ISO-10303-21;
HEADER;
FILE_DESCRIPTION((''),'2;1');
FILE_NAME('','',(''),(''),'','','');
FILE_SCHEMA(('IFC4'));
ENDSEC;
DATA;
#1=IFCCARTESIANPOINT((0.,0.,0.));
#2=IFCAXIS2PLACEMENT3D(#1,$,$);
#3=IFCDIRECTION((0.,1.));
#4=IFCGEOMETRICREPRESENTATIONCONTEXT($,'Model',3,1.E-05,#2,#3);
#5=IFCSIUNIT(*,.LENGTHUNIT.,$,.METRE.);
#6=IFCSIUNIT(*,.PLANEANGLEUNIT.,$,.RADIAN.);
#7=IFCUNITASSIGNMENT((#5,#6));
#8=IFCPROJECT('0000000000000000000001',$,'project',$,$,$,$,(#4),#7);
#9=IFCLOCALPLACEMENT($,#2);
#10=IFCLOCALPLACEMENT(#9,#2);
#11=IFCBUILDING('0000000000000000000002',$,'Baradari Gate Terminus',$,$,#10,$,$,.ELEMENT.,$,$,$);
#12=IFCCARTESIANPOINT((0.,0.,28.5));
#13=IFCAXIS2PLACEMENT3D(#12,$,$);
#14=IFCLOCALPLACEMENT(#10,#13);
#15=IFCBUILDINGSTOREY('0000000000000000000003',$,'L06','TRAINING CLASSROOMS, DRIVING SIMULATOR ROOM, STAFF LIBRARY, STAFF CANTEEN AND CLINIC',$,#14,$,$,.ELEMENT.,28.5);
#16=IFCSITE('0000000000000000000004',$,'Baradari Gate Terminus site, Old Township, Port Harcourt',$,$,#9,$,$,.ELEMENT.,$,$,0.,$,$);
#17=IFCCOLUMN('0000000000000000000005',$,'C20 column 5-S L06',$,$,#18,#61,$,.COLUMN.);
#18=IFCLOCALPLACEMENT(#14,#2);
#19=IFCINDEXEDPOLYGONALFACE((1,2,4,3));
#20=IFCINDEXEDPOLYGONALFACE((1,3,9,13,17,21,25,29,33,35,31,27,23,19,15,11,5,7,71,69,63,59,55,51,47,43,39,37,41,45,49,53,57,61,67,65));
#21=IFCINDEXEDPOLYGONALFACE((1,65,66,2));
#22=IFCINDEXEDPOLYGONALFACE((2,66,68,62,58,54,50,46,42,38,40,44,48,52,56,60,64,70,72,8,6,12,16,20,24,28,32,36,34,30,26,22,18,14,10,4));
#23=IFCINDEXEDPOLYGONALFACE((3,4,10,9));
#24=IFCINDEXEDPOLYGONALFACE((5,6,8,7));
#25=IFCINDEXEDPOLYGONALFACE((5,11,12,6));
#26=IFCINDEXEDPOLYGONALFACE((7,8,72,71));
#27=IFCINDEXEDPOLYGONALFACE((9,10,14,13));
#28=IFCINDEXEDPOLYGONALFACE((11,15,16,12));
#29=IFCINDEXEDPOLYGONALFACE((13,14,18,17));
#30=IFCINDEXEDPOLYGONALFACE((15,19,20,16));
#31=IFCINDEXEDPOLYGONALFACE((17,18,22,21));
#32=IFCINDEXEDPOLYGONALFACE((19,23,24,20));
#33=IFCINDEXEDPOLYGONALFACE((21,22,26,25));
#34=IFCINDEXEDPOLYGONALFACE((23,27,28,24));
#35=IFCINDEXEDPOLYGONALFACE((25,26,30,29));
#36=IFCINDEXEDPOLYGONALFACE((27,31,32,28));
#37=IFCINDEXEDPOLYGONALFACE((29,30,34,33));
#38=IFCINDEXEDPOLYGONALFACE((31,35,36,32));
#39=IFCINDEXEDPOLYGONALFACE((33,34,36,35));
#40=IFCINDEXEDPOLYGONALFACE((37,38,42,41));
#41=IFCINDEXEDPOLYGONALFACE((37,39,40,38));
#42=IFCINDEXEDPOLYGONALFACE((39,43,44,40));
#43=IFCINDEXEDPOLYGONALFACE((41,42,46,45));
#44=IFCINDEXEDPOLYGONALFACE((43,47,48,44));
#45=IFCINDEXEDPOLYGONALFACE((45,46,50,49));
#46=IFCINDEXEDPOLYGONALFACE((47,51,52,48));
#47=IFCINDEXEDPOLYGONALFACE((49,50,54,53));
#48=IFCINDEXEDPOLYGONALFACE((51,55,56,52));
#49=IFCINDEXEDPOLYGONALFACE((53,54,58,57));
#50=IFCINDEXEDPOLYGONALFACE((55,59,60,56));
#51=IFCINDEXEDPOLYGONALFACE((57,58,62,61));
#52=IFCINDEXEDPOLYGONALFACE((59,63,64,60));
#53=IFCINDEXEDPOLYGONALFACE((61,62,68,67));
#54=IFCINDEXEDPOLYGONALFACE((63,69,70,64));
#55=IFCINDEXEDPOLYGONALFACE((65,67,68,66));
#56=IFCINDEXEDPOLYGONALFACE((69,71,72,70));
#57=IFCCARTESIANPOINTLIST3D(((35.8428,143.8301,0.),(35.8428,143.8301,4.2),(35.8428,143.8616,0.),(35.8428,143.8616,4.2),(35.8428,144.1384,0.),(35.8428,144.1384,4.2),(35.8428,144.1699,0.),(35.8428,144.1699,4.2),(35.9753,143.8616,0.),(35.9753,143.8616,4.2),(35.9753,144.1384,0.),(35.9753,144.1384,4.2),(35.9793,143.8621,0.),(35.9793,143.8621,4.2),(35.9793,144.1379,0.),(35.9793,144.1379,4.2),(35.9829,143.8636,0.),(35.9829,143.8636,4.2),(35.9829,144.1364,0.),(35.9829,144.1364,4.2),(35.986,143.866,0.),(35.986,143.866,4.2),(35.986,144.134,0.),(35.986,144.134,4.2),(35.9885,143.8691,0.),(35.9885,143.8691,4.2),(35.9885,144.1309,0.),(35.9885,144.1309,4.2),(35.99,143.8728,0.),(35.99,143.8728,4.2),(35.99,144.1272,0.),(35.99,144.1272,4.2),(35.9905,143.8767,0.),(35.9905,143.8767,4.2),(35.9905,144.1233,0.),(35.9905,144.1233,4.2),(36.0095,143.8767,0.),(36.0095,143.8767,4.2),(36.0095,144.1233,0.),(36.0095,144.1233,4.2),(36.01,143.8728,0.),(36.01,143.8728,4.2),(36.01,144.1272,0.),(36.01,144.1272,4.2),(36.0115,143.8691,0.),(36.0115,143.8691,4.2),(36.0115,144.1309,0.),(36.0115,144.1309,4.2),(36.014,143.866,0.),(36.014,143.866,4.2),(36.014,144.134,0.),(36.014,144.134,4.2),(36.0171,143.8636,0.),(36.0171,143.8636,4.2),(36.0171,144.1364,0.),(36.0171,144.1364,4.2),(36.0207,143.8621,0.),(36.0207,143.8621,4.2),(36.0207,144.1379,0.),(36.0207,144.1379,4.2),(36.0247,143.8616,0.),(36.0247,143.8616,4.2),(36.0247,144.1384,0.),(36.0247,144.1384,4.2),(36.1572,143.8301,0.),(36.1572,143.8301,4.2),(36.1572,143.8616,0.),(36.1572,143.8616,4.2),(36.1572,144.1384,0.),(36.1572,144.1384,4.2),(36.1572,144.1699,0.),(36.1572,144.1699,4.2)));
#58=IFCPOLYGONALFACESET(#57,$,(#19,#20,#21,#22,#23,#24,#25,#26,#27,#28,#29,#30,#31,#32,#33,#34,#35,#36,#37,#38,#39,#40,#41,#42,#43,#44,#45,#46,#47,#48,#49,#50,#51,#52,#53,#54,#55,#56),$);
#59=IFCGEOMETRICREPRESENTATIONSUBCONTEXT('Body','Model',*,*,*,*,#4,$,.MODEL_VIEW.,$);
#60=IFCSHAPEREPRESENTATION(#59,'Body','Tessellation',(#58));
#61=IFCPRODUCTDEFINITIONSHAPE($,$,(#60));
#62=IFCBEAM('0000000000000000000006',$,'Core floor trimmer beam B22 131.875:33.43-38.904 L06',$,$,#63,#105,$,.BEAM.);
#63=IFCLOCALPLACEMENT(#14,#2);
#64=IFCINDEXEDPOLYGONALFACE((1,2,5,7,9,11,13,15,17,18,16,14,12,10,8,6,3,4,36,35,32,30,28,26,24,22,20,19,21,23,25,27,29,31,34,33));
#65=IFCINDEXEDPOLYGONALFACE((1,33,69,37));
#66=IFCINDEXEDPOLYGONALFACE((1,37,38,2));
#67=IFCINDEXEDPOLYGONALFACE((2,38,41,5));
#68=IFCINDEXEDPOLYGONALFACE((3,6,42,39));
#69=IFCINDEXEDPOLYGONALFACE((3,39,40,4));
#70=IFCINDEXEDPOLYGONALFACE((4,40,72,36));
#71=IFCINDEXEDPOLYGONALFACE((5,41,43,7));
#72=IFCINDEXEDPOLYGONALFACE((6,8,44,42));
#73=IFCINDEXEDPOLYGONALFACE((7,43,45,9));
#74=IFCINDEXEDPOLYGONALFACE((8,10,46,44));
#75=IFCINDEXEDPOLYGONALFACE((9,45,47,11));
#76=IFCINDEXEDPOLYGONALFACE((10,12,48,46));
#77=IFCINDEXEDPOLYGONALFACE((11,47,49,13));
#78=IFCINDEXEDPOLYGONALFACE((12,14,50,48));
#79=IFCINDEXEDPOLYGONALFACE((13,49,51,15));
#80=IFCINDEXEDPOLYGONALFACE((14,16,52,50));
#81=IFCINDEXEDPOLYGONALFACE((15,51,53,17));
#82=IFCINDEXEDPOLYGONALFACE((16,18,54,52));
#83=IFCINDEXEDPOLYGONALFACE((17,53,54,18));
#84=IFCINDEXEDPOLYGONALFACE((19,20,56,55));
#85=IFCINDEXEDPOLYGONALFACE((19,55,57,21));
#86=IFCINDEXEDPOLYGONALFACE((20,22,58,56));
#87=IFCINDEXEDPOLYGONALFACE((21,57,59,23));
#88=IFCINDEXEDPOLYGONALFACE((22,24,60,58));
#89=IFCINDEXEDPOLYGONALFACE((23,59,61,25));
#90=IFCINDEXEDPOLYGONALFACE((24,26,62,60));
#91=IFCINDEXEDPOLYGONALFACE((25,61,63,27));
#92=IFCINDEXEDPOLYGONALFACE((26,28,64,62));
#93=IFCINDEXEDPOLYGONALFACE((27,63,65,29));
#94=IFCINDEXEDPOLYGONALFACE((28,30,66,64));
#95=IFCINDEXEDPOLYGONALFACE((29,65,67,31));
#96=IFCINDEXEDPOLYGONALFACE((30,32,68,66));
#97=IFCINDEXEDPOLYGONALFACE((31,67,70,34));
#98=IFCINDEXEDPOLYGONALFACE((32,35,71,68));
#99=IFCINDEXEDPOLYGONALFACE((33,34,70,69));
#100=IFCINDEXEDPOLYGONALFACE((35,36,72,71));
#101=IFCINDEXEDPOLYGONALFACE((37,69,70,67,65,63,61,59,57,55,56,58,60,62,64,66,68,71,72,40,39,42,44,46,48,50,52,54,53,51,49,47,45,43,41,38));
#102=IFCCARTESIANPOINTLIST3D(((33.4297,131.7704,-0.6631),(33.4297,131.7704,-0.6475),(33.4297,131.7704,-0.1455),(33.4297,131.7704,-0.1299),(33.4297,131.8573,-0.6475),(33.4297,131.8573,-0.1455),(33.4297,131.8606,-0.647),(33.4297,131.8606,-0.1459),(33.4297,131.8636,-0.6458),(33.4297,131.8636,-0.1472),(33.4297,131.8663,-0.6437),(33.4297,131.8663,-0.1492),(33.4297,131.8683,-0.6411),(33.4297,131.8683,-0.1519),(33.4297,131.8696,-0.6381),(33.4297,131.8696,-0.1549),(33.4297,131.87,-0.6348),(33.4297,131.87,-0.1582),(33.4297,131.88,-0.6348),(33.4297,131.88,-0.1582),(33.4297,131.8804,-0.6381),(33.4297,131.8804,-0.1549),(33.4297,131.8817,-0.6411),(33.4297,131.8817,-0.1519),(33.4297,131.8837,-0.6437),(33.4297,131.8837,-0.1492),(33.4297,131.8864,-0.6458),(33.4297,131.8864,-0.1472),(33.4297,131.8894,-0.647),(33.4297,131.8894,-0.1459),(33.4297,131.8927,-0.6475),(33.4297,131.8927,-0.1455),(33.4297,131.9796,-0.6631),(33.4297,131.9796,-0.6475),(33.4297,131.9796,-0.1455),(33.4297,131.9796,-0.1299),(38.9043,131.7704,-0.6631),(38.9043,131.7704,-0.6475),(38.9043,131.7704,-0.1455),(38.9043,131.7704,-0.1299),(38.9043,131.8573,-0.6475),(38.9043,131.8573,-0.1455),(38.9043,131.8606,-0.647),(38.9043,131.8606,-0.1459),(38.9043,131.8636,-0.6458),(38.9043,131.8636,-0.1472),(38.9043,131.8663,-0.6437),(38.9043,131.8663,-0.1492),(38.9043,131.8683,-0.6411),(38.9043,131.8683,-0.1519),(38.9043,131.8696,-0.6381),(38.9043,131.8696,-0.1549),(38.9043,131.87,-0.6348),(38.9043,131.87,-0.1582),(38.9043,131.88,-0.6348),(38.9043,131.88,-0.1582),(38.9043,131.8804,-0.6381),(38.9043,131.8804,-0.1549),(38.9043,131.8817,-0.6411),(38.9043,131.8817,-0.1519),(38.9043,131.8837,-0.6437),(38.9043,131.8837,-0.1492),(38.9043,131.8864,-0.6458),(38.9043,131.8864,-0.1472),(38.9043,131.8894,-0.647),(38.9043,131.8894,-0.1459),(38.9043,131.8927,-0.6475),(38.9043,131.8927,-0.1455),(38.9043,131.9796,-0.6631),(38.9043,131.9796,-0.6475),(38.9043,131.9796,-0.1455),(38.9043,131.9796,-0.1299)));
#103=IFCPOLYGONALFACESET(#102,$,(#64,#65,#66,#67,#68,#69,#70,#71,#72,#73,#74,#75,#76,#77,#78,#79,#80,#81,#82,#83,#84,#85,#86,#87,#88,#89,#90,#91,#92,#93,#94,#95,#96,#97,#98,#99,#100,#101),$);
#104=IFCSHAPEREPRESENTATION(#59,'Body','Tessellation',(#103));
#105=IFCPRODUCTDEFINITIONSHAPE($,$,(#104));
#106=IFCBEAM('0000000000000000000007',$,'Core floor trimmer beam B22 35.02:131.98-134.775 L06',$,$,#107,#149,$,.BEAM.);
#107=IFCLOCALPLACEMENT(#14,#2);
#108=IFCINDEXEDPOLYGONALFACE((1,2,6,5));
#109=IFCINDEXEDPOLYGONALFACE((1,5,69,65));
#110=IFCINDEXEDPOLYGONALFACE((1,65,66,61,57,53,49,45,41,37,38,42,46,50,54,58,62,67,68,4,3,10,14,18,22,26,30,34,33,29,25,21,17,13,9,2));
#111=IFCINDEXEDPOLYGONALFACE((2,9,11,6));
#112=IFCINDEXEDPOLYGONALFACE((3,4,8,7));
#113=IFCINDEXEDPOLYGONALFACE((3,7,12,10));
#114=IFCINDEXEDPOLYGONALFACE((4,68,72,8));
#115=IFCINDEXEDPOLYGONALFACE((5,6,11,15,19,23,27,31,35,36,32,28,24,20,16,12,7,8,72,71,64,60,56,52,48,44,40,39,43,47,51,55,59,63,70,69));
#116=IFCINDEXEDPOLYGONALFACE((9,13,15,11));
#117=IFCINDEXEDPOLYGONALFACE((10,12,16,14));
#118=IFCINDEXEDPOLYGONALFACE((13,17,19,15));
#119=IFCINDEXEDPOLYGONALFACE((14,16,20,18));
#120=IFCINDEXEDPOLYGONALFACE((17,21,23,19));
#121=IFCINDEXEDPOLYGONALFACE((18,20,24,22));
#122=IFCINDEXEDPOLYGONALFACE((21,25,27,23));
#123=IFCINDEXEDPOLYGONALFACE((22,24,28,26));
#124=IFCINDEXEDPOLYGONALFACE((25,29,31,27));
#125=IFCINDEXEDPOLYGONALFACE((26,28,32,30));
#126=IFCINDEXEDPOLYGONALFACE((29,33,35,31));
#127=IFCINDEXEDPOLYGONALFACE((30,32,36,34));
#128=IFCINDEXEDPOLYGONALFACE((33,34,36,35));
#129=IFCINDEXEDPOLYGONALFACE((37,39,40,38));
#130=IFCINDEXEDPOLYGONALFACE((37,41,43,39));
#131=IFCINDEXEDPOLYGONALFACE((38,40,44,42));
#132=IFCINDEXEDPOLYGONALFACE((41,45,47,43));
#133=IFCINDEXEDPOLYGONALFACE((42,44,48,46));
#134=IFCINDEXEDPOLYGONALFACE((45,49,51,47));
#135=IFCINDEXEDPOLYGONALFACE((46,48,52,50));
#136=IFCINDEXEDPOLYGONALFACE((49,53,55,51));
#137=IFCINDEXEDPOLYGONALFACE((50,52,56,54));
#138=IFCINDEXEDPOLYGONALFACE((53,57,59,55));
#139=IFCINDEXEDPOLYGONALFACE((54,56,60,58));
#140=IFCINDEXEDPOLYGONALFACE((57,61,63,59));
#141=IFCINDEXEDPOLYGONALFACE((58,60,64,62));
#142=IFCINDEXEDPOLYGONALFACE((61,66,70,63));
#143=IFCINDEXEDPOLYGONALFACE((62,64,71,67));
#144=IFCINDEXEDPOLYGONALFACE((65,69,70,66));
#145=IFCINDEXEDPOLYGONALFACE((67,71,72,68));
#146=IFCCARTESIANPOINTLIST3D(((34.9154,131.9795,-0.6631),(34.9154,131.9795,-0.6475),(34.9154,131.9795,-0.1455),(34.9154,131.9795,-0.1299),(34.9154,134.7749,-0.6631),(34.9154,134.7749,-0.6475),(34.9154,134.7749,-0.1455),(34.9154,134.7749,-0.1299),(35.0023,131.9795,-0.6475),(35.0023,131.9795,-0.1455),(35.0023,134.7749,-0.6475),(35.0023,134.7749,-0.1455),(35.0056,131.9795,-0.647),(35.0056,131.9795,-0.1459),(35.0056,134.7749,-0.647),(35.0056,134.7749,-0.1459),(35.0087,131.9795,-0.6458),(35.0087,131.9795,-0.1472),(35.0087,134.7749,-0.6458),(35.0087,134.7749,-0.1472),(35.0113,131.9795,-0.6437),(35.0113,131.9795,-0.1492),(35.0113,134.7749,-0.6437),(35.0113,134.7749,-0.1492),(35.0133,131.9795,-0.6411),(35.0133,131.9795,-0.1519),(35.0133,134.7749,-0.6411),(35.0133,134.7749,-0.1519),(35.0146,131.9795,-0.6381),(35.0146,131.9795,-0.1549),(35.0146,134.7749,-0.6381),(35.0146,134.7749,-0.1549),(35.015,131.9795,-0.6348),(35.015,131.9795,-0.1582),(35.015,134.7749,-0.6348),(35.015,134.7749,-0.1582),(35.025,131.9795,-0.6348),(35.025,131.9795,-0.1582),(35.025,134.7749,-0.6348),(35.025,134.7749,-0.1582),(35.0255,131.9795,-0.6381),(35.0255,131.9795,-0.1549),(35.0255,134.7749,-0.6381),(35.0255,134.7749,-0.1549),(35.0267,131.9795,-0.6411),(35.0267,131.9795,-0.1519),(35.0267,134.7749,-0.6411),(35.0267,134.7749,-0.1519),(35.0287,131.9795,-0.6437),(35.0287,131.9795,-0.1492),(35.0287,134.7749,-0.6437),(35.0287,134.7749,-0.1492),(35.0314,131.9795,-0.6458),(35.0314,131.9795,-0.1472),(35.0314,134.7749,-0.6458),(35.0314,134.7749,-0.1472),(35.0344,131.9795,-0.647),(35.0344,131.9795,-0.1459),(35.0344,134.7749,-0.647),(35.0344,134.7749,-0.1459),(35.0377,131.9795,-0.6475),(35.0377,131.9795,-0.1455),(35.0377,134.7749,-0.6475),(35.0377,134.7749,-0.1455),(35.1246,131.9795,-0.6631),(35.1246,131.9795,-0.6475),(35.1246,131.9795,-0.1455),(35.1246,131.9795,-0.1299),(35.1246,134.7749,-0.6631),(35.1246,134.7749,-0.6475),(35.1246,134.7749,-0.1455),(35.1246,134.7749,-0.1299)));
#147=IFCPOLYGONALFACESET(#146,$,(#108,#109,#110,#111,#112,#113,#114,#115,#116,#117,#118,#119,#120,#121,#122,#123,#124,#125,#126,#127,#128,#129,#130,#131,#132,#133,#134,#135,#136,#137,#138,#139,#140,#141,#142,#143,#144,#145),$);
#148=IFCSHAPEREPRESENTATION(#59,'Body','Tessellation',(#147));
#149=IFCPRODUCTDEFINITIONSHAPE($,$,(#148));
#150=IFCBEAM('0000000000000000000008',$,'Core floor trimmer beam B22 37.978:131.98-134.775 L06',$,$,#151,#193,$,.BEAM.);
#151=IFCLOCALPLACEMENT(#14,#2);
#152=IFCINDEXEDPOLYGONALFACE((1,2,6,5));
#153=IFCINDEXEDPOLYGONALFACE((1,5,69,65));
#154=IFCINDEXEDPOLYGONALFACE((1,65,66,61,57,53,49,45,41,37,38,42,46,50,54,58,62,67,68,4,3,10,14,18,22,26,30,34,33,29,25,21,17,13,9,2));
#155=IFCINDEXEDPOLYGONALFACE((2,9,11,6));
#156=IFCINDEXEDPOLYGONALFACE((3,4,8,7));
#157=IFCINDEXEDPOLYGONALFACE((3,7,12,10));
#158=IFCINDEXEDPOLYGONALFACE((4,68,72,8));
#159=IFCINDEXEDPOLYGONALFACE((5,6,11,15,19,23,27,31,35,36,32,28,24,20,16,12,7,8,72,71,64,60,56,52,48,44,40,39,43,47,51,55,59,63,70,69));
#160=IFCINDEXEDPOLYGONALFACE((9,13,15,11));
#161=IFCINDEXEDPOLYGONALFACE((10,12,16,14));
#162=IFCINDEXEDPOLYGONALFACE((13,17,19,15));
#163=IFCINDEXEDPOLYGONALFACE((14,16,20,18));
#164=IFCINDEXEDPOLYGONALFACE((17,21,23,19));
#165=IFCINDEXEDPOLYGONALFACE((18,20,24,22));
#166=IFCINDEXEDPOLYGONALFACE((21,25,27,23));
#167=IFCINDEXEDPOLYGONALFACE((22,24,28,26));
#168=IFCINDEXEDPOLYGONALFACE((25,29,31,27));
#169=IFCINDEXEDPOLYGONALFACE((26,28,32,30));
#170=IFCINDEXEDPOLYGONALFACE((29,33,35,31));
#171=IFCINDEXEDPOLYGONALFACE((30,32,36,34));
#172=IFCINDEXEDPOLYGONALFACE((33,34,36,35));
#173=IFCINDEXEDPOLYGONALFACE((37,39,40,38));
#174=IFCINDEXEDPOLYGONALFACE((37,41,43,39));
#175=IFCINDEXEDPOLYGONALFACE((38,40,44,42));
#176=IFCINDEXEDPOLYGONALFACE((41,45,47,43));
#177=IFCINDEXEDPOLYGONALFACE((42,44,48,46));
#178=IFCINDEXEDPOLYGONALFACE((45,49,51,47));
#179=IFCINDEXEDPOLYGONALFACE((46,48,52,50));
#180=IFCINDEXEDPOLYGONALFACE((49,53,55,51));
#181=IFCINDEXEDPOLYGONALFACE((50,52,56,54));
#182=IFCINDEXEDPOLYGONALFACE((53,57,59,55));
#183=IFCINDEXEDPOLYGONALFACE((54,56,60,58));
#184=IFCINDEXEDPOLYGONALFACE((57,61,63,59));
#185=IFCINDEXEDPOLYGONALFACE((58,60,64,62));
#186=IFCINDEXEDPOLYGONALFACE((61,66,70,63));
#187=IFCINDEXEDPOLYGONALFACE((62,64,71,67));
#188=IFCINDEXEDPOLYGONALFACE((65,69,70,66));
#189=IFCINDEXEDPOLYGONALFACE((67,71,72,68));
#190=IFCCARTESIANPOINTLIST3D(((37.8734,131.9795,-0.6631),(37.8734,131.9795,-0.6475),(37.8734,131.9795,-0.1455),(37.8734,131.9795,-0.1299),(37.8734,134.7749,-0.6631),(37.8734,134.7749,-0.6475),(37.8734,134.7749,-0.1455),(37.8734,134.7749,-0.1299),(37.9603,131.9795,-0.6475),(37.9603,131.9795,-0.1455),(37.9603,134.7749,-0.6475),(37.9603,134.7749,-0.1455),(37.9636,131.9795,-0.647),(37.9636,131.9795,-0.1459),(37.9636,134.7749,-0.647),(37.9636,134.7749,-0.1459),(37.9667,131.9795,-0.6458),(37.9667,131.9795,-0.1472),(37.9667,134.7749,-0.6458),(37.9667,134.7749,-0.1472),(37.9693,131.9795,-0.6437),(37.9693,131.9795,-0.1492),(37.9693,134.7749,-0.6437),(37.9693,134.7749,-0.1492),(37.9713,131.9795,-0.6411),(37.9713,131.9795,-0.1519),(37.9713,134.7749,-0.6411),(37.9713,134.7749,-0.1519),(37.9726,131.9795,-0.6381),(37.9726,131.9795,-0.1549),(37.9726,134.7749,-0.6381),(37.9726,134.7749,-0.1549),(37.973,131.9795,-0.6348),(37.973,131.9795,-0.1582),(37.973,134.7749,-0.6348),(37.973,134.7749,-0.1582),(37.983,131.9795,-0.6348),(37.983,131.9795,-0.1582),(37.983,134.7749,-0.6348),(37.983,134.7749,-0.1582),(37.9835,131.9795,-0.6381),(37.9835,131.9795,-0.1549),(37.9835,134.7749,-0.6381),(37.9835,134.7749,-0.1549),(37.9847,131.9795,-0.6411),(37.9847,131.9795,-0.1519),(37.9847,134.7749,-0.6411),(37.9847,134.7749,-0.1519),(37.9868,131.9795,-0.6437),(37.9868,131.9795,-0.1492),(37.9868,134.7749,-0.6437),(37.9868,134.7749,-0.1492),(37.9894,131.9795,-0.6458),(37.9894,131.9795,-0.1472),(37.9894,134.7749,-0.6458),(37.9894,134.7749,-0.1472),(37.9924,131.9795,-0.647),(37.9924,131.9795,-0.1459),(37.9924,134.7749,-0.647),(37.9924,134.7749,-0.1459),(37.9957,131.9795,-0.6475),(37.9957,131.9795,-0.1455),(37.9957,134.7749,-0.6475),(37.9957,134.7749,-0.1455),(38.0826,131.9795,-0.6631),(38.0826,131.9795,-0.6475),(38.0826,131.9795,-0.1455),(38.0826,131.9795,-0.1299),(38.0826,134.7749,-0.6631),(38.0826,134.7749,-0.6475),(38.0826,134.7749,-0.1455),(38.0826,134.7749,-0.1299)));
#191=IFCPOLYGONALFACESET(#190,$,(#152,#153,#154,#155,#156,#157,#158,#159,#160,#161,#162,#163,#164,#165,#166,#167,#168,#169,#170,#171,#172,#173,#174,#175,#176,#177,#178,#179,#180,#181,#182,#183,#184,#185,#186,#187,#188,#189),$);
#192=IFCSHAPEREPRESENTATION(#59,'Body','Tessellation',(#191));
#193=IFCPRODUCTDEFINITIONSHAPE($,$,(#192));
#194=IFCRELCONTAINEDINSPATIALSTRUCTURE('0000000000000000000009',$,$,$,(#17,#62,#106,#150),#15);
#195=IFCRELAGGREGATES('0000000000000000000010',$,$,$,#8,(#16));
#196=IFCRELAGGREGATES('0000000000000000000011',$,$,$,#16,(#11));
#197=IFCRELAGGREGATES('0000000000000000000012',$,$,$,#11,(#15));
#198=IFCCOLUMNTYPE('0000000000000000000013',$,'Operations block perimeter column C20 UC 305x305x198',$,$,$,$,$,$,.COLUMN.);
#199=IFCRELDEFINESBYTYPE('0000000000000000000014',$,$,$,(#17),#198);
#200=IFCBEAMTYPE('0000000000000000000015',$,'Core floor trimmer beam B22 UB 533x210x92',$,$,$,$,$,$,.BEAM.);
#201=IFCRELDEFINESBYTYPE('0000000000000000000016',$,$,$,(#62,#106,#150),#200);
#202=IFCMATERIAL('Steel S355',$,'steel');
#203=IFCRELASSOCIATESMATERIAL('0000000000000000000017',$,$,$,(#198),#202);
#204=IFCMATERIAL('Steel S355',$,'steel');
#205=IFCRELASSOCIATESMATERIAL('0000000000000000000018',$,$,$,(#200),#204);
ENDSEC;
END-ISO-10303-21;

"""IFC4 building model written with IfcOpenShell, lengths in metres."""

from ifc_helpers import new_model, si_unit, direction, frame, origin, origin_2d, place, context, subcontext, project, spatial, i_section, extrude, material, material_profile, profile_set, type_object, element, save


model = new_model("IFC4")

# Units and contexts
model_context = context("Model", 3, precision=1e-05, world=origin(), true_north=direction((0.0, 1.0)))
body_context = subcontext(model_context, "Body", "Model", "MODEL_VIEW")
ifc_project = project(units=[si_unit("LENGTHUNIT", "METRE"), si_unit("PLANEANGLEUNIT", "RADIAN")], contexts=[model_context])

# Site, building, storey
site_placement = place(None, origin())
site = spatial("IfcSite", under=ifc_project, at=site_placement, Name="Baradari Gate Terminus site, Old Township, Port Harcourt", CompositionType="ELEMENT", RefElevation=0.0)
building_placement = place(site_placement, origin())
building = spatial("IfcBuilding", under=site, at=building_placement, Name="Baradari Gate Terminus", CompositionType="ELEMENT")
storey_placement = place(building_placement, frame((0.0, 0.0, 28.5)))
storey = spatial("IfcBuildingStorey", under=building, at=storey_placement, Name="L06", Description="TRAINING CLASSROOMS, DRIVING SIMULATOR ROOM, STAFF LIBRARY, STAFF CANTEEN AND CLINIC", CompositionType="ELEMENT", Elevation=28.5)

# Column
ifc_material_1 = material(Name="Steel S355", Category="steel")
ifc_material_profile_1 = material_profile(ifc_material_1, i_section(OverallWidth=0.3145, OverallDepth=0.3398, WebThickness=0.019, FlangeThickness=0.0315, FilletRadius=0.0151, at=origin_2d()), Name="UC 305x305x198")
ifc_profile_set_1 = profile_set([ifc_material_profile_1], Name="Steel S355")
column_type = type_object("IfcColumnType", Name="Operations block perimeter column C20 UC 305x305x198", PredefinedType="COLUMN", material=ifc_profile_set_1)
column_placement = place(storey_placement, frame((36.0, 144.0, 0.0), z_axis=(0.0, 0.0, 1.0), x_axis=(1.0, 0.0, 0.0)))
element("IfcColumn", 1, at=column_placement, inside=storey, type_object=column_type, Name="C20 column 5-S L06", PredefinedType="COLUMN", context=body_context, shape_type="SweptSolid", body=[
    extrude(i_section(OverallWidth=0.3145, OverallDepth=0.3398, WebThickness=0.019, FlangeThickness=0.0315, FilletRadius=0.0151, at=origin_2d()), origin(), (0.0, 0.0, 1.0), 4.2),
])

# Beams
ifc_material_2 = material(Name="Steel S355", Category="steel")
ifc_material_profile_2 = material_profile(ifc_material_2, i_section(OverallWidth=0.2092, OverallDepth=0.5332, WebThickness=0.01, FlangeThickness=0.0156, FilletRadius=0.0127, at=origin_2d()), Name="UB 533x210x92")
ifc_profile_set_2 = profile_set([ifc_material_profile_2], Name="Steel S355")
beam_type_1 = type_object("IfcBeamType", Name="Core floor trimmer beam B22 UB 533x210x92", PredefinedType="BEAM", material=ifc_profile_set_2)
beam_1_placement = place(storey_placement, frame((33.4297, 131.875, -0.3965), z_axis=(1.0, 0.0, 0.0), x_axis=(0.0, 1.0, 0.0)))
element("IfcBeam", 2, at=beam_1_placement, inside=storey, type_object=beam_type_1, Name="Core floor trimmer beam B22 131.875:33.43-38.904 L06", PredefinedType="BEAM", context=body_context, shape_type="SweptSolid", body=[
    extrude(i_section(OverallWidth=0.2092, OverallDepth=0.5332, WebThickness=0.01, FlangeThickness=0.0156, FilletRadius=0.0127, at=origin_2d()), origin(), (0.0, 0.0, 1.0), 5.4746),
])
for number, where, z_axis, x_axis, name in (
    (3, (35.02, 131.9795, -0.3965), (0.0, 1.0, 0.0), (-1.0, 0.0, 0.0), "Core floor trimmer beam B22 35.02:131.98-134.775 L06"),
    (4, (37.978, 131.9795, -0.3965), (0.0, 1.0, 0.0), (-1.0, 0.0, 0.0), "Core floor trimmer beam B22 37.978:131.98-134.775 L06"),
):
    element("IfcBeam", number, at=place(storey_placement, frame(where, z_axis=z_axis, x_axis=x_axis)), inside=storey, type_object=beam_type_1, Name=name, PredefinedType="BEAM", context=body_context, shape_type="SweptSolid", body=[
        extrude(i_section(OverallWidth=0.2092, OverallDepth=0.5332, WebThickness=0.01, FlangeThickness=0.0156, FilletRadius=0.0127, at=origin_2d()), origin(), (0.0, 0.0, 1.0), 2.7954),
    ])

save(model, "model.ifc")
